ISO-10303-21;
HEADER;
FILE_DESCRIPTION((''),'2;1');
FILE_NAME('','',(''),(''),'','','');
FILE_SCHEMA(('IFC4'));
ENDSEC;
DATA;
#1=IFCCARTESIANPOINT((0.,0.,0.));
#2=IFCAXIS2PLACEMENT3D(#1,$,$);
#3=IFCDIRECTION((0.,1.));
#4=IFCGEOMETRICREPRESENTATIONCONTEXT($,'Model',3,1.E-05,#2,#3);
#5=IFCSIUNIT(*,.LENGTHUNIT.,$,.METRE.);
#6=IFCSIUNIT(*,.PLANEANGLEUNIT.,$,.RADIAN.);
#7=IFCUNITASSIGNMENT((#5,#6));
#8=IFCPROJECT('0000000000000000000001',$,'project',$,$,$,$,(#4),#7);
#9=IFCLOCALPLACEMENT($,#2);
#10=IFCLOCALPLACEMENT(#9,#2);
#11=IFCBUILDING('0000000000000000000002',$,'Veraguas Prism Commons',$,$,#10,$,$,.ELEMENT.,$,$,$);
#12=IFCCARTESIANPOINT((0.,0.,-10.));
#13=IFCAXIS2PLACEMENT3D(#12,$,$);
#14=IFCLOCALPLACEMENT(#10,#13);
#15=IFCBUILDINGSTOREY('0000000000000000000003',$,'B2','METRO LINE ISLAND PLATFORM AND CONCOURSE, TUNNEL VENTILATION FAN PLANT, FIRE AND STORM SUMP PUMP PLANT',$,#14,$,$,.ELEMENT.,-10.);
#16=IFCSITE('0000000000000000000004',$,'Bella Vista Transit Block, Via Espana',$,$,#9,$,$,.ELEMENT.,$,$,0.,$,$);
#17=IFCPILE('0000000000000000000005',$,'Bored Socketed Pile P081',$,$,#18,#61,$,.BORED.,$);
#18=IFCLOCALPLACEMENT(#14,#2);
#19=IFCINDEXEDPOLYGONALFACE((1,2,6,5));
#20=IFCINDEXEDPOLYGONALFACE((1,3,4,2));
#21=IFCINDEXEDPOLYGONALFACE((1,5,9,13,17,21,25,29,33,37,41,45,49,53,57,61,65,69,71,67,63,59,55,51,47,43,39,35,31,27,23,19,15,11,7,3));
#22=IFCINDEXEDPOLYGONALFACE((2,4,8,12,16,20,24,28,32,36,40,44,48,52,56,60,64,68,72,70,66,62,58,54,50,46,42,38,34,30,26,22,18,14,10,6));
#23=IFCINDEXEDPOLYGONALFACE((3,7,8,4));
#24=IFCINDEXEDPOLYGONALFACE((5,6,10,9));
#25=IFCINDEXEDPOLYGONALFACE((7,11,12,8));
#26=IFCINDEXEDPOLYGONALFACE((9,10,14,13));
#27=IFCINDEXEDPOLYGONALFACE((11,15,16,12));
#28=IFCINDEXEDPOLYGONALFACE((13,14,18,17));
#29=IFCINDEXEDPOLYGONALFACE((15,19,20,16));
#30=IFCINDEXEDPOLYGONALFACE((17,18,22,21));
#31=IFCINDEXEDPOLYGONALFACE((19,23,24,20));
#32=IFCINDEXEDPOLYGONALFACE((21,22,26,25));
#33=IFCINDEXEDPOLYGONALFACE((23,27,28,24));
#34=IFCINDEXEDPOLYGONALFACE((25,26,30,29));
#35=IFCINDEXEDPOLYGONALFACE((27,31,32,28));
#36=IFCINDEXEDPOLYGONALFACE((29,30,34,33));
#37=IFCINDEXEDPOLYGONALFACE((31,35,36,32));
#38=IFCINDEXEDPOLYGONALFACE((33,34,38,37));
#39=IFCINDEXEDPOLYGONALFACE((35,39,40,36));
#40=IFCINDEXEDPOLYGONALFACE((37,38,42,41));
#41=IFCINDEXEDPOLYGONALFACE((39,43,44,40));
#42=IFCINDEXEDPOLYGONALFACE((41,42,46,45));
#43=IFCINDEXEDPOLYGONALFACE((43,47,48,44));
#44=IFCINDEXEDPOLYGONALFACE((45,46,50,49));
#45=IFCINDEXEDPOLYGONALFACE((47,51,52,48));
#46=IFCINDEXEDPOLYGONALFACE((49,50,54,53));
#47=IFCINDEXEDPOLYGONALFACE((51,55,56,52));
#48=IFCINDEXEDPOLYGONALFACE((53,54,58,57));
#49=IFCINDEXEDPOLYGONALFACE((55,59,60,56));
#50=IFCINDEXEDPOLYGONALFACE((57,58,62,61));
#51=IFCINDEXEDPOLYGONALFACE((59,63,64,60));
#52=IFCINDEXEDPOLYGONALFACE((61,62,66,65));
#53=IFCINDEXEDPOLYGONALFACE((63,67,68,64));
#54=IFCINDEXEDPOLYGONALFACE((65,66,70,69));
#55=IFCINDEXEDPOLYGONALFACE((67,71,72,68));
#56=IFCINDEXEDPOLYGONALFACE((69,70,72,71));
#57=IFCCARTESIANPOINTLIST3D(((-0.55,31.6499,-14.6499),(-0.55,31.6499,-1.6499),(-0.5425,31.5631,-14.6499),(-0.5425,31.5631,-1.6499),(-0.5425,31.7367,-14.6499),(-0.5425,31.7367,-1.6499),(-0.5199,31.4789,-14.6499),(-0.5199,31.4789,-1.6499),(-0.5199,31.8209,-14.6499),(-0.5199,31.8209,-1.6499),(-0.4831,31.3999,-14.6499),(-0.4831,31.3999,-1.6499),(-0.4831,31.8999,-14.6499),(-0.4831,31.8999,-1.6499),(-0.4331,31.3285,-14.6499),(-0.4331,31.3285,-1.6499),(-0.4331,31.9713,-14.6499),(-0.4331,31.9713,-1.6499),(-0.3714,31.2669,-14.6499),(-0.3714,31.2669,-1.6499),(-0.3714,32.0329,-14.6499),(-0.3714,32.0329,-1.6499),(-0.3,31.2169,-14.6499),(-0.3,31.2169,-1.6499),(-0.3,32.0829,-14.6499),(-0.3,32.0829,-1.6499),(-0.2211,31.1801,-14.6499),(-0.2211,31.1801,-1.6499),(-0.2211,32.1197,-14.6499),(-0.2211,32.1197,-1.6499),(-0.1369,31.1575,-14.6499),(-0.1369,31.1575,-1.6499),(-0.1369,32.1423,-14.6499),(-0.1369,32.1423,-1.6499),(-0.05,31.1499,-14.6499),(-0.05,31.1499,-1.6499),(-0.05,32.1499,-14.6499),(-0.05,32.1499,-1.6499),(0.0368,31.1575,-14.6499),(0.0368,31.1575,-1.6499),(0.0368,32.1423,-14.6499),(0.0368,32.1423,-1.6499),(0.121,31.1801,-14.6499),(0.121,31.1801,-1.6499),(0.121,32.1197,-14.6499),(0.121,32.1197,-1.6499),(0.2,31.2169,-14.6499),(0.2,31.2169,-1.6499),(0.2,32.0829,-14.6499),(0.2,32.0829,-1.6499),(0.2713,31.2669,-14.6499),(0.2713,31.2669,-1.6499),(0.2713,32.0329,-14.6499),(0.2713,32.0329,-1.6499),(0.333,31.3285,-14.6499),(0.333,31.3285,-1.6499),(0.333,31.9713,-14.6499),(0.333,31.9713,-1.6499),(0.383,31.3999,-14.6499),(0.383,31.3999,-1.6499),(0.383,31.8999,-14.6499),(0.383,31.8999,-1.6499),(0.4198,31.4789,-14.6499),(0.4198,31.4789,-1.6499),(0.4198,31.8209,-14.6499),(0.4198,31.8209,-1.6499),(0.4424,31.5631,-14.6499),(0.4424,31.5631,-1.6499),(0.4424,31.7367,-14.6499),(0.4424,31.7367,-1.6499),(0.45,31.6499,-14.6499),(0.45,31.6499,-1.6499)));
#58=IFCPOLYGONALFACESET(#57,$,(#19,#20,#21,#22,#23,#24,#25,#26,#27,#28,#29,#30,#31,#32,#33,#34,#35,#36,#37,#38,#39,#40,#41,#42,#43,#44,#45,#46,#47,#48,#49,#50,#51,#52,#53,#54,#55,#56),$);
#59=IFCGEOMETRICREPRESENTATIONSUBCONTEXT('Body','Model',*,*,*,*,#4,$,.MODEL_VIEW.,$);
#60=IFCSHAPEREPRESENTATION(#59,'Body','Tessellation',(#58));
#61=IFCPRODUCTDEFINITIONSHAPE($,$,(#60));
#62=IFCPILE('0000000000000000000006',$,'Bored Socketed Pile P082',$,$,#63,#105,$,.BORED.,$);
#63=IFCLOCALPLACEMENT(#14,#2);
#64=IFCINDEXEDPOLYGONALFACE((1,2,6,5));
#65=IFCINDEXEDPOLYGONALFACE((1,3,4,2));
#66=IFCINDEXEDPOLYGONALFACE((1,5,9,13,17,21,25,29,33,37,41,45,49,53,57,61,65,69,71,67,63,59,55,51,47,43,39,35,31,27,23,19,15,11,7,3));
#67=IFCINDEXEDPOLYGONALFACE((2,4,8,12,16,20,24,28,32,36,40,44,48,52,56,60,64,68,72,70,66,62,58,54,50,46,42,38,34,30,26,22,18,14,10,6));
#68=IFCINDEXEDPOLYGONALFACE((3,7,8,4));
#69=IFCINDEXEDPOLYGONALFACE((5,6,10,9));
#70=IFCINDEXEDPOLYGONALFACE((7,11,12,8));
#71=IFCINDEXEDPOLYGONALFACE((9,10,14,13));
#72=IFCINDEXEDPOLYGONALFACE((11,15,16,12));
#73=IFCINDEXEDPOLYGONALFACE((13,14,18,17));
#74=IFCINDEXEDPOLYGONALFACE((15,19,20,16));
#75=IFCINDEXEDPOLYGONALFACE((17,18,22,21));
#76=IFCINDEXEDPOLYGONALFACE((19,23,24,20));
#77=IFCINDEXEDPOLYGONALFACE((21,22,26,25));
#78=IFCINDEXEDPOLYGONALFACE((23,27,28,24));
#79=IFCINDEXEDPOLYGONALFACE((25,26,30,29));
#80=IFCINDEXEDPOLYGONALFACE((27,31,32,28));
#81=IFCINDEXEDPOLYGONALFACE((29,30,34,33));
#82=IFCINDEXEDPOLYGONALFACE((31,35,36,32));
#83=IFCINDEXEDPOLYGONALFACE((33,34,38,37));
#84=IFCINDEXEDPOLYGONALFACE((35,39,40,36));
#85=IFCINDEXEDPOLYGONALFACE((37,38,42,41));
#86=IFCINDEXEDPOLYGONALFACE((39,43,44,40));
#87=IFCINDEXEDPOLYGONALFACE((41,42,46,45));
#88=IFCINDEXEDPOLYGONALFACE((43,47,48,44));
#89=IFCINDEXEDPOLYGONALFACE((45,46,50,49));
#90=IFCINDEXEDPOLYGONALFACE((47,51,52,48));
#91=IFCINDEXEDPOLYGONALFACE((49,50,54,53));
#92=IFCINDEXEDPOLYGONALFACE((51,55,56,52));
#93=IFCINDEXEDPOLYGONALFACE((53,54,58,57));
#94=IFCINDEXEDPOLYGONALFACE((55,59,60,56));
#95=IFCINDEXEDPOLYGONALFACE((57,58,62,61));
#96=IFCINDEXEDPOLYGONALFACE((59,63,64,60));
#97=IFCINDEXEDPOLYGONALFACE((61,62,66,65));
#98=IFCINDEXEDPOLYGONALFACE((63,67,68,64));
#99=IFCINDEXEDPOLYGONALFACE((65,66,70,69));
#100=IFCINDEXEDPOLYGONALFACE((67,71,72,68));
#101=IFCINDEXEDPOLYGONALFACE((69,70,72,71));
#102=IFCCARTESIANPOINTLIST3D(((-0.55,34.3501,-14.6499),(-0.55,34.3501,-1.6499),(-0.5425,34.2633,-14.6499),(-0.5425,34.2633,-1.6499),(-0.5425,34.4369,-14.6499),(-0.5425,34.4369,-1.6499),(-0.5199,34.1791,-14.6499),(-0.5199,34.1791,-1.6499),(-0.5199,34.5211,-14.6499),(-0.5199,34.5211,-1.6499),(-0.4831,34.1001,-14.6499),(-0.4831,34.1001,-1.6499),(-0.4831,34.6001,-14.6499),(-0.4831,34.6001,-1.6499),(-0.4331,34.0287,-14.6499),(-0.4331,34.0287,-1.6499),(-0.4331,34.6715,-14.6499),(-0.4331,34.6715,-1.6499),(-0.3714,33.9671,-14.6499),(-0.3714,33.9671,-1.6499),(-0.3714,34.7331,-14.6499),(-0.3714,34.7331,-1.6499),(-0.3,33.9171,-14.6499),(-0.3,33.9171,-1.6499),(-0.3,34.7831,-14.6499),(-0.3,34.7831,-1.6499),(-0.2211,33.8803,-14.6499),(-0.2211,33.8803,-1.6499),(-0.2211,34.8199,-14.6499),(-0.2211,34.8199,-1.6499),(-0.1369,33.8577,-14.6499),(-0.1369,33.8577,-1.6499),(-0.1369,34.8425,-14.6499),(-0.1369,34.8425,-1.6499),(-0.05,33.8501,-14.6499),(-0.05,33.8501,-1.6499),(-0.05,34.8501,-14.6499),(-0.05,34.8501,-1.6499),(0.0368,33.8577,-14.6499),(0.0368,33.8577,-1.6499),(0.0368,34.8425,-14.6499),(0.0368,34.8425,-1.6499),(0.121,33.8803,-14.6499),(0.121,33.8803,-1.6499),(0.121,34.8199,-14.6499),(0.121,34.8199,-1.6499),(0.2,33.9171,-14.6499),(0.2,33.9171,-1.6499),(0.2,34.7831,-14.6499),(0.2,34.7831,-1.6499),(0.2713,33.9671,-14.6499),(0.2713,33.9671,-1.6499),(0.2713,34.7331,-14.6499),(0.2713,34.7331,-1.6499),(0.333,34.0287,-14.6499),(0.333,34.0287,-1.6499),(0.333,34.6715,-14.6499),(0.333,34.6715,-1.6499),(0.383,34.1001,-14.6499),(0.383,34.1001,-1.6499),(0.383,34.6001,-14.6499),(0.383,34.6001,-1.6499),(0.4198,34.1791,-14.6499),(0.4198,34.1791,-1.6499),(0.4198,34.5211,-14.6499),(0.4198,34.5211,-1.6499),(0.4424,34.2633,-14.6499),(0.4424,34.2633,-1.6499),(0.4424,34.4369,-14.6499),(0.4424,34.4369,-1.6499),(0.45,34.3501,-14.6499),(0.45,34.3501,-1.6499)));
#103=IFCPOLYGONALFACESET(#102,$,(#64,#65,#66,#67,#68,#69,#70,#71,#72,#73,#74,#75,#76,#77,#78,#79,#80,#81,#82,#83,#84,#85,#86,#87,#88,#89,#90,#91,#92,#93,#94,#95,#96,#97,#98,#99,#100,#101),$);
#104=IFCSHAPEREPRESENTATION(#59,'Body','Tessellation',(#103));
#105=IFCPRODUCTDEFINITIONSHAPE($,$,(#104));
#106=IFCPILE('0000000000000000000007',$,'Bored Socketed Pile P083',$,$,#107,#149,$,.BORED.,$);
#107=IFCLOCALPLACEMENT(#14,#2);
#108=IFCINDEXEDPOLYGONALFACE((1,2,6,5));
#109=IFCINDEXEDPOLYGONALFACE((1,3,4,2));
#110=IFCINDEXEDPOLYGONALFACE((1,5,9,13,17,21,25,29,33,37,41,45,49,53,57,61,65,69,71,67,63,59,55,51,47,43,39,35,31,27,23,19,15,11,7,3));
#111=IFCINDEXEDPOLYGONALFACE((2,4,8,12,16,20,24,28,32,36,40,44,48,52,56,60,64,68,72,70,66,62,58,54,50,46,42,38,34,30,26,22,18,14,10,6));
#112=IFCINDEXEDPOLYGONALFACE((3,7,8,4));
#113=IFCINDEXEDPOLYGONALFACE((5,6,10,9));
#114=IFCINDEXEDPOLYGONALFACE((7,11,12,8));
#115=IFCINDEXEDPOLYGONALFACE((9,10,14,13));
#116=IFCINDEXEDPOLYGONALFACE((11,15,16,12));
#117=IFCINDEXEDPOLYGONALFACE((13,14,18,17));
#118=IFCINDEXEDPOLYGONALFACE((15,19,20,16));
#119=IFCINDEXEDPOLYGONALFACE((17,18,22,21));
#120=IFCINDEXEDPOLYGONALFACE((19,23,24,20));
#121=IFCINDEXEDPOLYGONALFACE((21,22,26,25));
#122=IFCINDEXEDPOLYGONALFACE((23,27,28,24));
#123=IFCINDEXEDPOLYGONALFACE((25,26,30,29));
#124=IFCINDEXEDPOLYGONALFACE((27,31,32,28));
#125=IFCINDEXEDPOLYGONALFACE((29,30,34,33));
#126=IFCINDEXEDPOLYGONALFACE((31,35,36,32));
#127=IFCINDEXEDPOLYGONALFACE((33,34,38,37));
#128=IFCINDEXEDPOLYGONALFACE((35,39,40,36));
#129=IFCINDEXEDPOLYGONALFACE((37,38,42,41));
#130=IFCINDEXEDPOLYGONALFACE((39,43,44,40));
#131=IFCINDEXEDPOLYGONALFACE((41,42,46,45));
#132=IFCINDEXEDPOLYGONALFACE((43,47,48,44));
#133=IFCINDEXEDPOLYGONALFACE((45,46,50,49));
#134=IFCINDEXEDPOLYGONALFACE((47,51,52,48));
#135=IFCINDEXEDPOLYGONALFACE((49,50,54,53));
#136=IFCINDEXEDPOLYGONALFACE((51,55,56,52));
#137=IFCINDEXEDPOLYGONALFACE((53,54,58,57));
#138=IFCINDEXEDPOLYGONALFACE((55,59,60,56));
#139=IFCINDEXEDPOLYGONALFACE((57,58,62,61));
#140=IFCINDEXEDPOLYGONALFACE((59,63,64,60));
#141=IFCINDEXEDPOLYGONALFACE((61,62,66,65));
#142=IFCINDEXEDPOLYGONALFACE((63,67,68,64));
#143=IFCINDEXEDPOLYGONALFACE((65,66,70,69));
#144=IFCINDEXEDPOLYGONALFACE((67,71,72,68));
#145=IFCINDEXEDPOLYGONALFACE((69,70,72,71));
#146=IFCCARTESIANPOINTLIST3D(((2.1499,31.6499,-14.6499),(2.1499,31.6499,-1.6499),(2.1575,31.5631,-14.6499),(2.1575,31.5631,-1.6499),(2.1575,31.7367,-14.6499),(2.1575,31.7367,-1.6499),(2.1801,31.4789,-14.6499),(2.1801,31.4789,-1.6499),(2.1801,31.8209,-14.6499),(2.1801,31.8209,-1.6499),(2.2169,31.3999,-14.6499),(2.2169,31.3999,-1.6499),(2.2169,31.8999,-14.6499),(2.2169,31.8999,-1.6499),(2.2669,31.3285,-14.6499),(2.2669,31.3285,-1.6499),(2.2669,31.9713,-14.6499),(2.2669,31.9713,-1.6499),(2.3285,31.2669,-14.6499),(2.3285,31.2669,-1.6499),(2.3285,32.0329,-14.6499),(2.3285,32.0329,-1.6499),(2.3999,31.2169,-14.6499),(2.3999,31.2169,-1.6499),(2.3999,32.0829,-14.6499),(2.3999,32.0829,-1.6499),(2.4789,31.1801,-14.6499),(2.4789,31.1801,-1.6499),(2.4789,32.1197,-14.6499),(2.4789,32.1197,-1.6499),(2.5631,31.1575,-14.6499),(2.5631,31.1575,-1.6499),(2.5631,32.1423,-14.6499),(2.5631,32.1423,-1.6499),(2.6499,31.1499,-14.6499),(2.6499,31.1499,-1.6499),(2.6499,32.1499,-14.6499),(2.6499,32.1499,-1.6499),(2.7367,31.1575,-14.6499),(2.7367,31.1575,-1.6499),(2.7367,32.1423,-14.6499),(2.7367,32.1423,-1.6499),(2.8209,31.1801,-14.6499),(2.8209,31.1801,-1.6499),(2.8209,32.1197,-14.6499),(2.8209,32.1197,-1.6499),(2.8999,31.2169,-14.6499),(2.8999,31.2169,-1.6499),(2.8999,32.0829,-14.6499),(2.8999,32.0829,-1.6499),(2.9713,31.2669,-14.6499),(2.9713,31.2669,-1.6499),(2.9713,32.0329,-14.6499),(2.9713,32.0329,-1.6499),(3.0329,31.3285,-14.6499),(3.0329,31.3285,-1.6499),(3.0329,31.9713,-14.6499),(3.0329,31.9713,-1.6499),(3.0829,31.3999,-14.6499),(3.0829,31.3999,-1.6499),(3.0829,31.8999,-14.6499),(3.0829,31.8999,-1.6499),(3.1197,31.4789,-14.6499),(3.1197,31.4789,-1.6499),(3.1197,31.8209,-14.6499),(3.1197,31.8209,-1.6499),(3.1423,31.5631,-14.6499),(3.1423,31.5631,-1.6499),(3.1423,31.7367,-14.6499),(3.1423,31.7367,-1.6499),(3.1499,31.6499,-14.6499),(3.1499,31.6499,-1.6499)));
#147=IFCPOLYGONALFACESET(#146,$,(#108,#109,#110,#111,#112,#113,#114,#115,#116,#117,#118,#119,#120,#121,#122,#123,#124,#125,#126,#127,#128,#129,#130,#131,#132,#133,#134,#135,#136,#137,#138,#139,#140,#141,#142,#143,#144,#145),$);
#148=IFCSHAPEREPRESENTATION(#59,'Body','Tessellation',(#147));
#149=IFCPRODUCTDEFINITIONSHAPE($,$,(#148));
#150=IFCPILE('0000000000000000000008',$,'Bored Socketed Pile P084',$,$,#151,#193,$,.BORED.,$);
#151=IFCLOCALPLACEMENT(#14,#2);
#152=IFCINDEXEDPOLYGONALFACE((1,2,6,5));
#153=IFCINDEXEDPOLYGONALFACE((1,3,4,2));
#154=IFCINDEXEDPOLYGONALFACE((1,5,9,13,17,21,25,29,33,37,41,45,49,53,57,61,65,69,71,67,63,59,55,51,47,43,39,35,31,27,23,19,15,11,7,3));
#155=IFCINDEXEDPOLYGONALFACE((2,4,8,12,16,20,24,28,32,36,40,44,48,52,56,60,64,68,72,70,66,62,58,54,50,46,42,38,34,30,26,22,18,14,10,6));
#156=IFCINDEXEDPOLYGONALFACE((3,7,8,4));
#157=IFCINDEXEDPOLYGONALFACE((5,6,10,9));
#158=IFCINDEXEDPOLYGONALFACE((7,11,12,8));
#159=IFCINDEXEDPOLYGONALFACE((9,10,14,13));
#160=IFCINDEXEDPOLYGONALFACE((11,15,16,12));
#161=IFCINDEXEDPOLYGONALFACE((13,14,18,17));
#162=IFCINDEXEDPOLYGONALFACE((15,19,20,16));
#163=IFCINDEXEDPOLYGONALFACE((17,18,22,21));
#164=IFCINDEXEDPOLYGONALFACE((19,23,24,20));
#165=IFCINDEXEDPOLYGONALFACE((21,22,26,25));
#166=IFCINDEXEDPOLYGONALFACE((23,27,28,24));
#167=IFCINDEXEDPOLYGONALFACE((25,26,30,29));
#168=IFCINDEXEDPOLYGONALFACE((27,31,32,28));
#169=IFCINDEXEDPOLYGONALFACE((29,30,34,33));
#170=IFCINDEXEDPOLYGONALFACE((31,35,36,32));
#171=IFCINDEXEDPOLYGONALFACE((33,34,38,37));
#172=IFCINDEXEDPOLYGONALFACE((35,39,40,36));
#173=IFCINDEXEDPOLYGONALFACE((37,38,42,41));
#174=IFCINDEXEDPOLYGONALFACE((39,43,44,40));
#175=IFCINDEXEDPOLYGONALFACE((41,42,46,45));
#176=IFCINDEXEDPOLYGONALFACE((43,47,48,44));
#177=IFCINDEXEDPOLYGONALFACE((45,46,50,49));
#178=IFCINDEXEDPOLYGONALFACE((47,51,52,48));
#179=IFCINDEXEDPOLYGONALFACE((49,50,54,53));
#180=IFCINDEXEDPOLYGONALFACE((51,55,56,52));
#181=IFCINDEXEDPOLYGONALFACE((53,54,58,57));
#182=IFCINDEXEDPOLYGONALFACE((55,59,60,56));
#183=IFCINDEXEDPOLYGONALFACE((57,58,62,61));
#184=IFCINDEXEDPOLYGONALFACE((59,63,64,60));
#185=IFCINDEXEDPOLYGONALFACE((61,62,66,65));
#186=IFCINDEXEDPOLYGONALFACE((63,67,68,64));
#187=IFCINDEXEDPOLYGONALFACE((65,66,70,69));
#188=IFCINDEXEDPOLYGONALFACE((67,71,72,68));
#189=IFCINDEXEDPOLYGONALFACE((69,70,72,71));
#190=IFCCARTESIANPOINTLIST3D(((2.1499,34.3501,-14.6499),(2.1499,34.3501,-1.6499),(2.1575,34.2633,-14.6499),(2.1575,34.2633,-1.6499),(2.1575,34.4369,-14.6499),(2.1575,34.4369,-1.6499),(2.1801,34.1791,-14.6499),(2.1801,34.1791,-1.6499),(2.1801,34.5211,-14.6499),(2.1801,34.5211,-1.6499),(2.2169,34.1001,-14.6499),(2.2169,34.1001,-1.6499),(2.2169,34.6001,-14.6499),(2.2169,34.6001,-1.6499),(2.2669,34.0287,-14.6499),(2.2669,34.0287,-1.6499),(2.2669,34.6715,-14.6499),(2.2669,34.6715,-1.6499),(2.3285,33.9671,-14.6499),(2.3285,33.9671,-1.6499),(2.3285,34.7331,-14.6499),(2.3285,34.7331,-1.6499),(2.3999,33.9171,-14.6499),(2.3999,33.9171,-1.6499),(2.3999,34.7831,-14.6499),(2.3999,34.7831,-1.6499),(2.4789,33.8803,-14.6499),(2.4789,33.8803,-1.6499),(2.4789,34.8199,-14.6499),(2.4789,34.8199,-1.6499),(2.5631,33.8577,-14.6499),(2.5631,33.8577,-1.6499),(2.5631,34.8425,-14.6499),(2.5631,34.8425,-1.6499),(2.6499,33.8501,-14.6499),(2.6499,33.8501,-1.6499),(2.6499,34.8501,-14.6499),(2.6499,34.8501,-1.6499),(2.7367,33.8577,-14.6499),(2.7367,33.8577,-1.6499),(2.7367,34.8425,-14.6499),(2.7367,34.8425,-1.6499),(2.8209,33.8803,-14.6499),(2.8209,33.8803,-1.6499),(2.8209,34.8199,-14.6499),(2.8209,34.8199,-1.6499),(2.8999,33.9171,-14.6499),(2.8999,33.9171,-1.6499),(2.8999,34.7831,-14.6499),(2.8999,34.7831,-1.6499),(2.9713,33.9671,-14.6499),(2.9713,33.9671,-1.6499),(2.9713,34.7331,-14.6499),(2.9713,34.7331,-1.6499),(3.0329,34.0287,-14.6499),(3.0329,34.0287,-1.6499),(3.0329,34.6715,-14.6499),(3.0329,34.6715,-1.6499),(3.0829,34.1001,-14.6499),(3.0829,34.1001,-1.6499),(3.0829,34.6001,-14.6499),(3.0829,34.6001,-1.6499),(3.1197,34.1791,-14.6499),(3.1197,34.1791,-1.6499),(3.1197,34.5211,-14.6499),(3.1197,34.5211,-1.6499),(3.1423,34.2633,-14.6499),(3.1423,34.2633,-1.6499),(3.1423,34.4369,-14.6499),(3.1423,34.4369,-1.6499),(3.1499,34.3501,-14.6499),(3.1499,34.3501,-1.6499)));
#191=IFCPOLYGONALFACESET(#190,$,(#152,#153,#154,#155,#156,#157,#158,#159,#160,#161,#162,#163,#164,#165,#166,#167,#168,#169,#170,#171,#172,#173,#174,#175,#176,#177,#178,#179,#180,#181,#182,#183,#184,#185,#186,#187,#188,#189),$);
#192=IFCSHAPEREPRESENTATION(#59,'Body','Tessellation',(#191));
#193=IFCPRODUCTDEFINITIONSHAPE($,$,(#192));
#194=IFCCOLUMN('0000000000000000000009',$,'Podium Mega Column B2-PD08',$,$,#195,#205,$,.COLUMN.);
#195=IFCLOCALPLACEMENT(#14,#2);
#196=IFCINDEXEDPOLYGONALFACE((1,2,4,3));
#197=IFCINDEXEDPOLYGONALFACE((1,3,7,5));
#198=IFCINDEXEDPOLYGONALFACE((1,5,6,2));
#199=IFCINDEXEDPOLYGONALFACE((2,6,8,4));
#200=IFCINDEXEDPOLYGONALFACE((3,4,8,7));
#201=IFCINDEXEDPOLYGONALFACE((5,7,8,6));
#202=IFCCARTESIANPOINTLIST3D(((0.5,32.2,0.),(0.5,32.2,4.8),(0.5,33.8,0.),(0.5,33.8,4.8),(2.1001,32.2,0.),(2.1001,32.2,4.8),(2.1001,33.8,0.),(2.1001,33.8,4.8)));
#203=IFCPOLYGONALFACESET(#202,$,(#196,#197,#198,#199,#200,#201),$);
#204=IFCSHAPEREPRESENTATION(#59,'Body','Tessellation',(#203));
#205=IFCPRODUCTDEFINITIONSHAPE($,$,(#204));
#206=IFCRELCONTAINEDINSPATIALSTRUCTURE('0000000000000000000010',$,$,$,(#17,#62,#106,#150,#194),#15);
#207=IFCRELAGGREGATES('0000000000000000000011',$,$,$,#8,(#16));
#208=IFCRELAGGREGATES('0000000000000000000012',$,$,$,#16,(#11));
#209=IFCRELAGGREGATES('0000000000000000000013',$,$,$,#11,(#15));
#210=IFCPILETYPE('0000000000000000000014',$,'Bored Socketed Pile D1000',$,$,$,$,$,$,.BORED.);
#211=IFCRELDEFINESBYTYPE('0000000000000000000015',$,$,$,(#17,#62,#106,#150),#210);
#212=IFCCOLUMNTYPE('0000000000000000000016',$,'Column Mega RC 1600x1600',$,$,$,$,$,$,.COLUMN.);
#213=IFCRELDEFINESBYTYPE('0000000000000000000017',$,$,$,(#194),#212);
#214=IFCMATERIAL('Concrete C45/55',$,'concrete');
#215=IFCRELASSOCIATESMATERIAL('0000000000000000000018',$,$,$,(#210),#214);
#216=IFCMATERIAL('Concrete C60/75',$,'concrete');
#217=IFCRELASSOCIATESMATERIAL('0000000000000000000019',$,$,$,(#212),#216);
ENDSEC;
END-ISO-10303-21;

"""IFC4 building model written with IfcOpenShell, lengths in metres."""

from ifc_helpers import new_model, si_unit, direction, frame, origin, origin_2d, place, context, subcontext, project, spatial, rectangle, circle, extrude, source, transform, mapped, material, material_profile, profile_set, type_object, element, save


model = new_model("IFC4")

# Units and contexts
model_context = context("Model", 3, precision=1e-05, world=origin(), true_north=direction((0.0, 1.0)))
body_context = subcontext(model_context, "Body", "Model", "MODEL_VIEW")
ifc_project = project(units=[si_unit("LENGTHUNIT", "METRE"), si_unit("PLANEANGLEUNIT", "RADIAN")], contexts=[model_context])

# Site, building, storey
site_placement = place(None, origin())
site = spatial("IfcSite", under=ifc_project, at=site_placement, Name="Bella Vista Transit Block, Via Espana", CompositionType="ELEMENT", RefElevation=0.0)
building_placement = place(site_placement, origin())
building = spatial("IfcBuilding", under=site, at=building_placement, Name="Veraguas Prism Commons", CompositionType="ELEMENT")
storey_placement = place(building_placement, frame((0.0, 0.0, -10.0)))
storey = spatial("IfcBuildingStorey", under=building, at=storey_placement, Name="B2", Description="METRO LINE ISLAND PLATFORM AND CONCOURSE, TUNNEL VENTILATION FAN PLANT, FIRE AND STORM SUMP PUMP PLANT", CompositionType="ELEMENT", Elevation=-10.0)

# Shared definitions
ifc_material_1 = material(Name="Concrete C45/55", Category="concrete")

# Piles
ifc_material_profile_1 = material_profile(ifc_material_1, circle(Radius=0.5, at=origin_2d()), Name="PILE1000")
ifc_profile_set_1 = profile_set([ifc_material_profile_1], Name="Concrete C45/55")
pile_type_1 = type_object("IfcPileType", Name="Bored Socketed Pile D1000", PredefinedType="BORED", material=ifc_profile_set_1)
shared_shape_1 = source(origin(), body_context, "Body", "SweptSolid", [
    extrude(circle(Radius=0.5, at=origin_2d()), origin(), (0.0, 0.0, 1.0), 13.0),
])
for number, where, z_axis, x_axis, name in (
    (1, (-0.05, 31.6499, -1.6499), (0.0, 0.0, -1.0), (1.0, 0.0, 0.0), "Bored Socketed Pile P081"),
    (2, (-0.05, 34.3501, -1.6499), (0.0, 0.0, -1.0), (1.0, 0.0, 0.0), "Bored Socketed Pile P082"),
    (3, (2.6499, 31.6499, -1.6499), (0.0, 0.0, -1.0), (1.0, 0.0, 0.0), "Bored Socketed Pile P083"),
    (4, (2.6499, 34.3501, -1.6499), (0.0, 0.0, -1.0), (1.0, 0.0, 0.0), "Bored Socketed Pile P084"),
):
    element("IfcPile", number, at=place(storey_placement, frame(where, z_axis=z_axis, x_axis=x_axis)), inside=storey, type_object=pile_type_1, Name=name, PredefinedType="BORED", context=body_context, shape_type="MappedRepresentation", body=[
        mapped(shared_shape_1, transform((0.0, 0.0, 0.0), scale=1.0)),
    ])

# Column
ifc_material_2 = material(Name="Concrete C60/75", Category="concrete")
ifc_material_profile_2 = material_profile(ifc_material_2, rectangle(XDim=1.6001, YDim=1.6001, at=origin_2d()), Name="RC1600X1600")
ifc_profile_set_2 = profile_set([ifc_material_profile_2], Name="Concrete C60/75")
column_type_1 = type_object("IfcColumnType", Name="Column Mega RC 1600x1600", PredefinedType="COLUMN", material=ifc_profile_set_2)
for number, where, z_axis, x_axis, name in (
    (5, (1.3, 33.0, 0.0), (0.0, 0.0, 1.0), (1.0, 0.0, 0.0), "Podium Mega Column B2-PD08"),
):
    element("IfcColumn", number, at=place(storey_placement, frame(where, z_axis=z_axis, x_axis=x_axis)), inside=storey, type_object=column_type_1, Name=name, PredefinedType="COLUMN", context=body_context, shape_type="SweptSolid", body=[
        extrude(rectangle(XDim=1.6001, YDim=1.6001, at=origin_2d()), origin(), (0.0, 0.0, 1.0), 4.8),
    ])

save(model, "model.ifc")
